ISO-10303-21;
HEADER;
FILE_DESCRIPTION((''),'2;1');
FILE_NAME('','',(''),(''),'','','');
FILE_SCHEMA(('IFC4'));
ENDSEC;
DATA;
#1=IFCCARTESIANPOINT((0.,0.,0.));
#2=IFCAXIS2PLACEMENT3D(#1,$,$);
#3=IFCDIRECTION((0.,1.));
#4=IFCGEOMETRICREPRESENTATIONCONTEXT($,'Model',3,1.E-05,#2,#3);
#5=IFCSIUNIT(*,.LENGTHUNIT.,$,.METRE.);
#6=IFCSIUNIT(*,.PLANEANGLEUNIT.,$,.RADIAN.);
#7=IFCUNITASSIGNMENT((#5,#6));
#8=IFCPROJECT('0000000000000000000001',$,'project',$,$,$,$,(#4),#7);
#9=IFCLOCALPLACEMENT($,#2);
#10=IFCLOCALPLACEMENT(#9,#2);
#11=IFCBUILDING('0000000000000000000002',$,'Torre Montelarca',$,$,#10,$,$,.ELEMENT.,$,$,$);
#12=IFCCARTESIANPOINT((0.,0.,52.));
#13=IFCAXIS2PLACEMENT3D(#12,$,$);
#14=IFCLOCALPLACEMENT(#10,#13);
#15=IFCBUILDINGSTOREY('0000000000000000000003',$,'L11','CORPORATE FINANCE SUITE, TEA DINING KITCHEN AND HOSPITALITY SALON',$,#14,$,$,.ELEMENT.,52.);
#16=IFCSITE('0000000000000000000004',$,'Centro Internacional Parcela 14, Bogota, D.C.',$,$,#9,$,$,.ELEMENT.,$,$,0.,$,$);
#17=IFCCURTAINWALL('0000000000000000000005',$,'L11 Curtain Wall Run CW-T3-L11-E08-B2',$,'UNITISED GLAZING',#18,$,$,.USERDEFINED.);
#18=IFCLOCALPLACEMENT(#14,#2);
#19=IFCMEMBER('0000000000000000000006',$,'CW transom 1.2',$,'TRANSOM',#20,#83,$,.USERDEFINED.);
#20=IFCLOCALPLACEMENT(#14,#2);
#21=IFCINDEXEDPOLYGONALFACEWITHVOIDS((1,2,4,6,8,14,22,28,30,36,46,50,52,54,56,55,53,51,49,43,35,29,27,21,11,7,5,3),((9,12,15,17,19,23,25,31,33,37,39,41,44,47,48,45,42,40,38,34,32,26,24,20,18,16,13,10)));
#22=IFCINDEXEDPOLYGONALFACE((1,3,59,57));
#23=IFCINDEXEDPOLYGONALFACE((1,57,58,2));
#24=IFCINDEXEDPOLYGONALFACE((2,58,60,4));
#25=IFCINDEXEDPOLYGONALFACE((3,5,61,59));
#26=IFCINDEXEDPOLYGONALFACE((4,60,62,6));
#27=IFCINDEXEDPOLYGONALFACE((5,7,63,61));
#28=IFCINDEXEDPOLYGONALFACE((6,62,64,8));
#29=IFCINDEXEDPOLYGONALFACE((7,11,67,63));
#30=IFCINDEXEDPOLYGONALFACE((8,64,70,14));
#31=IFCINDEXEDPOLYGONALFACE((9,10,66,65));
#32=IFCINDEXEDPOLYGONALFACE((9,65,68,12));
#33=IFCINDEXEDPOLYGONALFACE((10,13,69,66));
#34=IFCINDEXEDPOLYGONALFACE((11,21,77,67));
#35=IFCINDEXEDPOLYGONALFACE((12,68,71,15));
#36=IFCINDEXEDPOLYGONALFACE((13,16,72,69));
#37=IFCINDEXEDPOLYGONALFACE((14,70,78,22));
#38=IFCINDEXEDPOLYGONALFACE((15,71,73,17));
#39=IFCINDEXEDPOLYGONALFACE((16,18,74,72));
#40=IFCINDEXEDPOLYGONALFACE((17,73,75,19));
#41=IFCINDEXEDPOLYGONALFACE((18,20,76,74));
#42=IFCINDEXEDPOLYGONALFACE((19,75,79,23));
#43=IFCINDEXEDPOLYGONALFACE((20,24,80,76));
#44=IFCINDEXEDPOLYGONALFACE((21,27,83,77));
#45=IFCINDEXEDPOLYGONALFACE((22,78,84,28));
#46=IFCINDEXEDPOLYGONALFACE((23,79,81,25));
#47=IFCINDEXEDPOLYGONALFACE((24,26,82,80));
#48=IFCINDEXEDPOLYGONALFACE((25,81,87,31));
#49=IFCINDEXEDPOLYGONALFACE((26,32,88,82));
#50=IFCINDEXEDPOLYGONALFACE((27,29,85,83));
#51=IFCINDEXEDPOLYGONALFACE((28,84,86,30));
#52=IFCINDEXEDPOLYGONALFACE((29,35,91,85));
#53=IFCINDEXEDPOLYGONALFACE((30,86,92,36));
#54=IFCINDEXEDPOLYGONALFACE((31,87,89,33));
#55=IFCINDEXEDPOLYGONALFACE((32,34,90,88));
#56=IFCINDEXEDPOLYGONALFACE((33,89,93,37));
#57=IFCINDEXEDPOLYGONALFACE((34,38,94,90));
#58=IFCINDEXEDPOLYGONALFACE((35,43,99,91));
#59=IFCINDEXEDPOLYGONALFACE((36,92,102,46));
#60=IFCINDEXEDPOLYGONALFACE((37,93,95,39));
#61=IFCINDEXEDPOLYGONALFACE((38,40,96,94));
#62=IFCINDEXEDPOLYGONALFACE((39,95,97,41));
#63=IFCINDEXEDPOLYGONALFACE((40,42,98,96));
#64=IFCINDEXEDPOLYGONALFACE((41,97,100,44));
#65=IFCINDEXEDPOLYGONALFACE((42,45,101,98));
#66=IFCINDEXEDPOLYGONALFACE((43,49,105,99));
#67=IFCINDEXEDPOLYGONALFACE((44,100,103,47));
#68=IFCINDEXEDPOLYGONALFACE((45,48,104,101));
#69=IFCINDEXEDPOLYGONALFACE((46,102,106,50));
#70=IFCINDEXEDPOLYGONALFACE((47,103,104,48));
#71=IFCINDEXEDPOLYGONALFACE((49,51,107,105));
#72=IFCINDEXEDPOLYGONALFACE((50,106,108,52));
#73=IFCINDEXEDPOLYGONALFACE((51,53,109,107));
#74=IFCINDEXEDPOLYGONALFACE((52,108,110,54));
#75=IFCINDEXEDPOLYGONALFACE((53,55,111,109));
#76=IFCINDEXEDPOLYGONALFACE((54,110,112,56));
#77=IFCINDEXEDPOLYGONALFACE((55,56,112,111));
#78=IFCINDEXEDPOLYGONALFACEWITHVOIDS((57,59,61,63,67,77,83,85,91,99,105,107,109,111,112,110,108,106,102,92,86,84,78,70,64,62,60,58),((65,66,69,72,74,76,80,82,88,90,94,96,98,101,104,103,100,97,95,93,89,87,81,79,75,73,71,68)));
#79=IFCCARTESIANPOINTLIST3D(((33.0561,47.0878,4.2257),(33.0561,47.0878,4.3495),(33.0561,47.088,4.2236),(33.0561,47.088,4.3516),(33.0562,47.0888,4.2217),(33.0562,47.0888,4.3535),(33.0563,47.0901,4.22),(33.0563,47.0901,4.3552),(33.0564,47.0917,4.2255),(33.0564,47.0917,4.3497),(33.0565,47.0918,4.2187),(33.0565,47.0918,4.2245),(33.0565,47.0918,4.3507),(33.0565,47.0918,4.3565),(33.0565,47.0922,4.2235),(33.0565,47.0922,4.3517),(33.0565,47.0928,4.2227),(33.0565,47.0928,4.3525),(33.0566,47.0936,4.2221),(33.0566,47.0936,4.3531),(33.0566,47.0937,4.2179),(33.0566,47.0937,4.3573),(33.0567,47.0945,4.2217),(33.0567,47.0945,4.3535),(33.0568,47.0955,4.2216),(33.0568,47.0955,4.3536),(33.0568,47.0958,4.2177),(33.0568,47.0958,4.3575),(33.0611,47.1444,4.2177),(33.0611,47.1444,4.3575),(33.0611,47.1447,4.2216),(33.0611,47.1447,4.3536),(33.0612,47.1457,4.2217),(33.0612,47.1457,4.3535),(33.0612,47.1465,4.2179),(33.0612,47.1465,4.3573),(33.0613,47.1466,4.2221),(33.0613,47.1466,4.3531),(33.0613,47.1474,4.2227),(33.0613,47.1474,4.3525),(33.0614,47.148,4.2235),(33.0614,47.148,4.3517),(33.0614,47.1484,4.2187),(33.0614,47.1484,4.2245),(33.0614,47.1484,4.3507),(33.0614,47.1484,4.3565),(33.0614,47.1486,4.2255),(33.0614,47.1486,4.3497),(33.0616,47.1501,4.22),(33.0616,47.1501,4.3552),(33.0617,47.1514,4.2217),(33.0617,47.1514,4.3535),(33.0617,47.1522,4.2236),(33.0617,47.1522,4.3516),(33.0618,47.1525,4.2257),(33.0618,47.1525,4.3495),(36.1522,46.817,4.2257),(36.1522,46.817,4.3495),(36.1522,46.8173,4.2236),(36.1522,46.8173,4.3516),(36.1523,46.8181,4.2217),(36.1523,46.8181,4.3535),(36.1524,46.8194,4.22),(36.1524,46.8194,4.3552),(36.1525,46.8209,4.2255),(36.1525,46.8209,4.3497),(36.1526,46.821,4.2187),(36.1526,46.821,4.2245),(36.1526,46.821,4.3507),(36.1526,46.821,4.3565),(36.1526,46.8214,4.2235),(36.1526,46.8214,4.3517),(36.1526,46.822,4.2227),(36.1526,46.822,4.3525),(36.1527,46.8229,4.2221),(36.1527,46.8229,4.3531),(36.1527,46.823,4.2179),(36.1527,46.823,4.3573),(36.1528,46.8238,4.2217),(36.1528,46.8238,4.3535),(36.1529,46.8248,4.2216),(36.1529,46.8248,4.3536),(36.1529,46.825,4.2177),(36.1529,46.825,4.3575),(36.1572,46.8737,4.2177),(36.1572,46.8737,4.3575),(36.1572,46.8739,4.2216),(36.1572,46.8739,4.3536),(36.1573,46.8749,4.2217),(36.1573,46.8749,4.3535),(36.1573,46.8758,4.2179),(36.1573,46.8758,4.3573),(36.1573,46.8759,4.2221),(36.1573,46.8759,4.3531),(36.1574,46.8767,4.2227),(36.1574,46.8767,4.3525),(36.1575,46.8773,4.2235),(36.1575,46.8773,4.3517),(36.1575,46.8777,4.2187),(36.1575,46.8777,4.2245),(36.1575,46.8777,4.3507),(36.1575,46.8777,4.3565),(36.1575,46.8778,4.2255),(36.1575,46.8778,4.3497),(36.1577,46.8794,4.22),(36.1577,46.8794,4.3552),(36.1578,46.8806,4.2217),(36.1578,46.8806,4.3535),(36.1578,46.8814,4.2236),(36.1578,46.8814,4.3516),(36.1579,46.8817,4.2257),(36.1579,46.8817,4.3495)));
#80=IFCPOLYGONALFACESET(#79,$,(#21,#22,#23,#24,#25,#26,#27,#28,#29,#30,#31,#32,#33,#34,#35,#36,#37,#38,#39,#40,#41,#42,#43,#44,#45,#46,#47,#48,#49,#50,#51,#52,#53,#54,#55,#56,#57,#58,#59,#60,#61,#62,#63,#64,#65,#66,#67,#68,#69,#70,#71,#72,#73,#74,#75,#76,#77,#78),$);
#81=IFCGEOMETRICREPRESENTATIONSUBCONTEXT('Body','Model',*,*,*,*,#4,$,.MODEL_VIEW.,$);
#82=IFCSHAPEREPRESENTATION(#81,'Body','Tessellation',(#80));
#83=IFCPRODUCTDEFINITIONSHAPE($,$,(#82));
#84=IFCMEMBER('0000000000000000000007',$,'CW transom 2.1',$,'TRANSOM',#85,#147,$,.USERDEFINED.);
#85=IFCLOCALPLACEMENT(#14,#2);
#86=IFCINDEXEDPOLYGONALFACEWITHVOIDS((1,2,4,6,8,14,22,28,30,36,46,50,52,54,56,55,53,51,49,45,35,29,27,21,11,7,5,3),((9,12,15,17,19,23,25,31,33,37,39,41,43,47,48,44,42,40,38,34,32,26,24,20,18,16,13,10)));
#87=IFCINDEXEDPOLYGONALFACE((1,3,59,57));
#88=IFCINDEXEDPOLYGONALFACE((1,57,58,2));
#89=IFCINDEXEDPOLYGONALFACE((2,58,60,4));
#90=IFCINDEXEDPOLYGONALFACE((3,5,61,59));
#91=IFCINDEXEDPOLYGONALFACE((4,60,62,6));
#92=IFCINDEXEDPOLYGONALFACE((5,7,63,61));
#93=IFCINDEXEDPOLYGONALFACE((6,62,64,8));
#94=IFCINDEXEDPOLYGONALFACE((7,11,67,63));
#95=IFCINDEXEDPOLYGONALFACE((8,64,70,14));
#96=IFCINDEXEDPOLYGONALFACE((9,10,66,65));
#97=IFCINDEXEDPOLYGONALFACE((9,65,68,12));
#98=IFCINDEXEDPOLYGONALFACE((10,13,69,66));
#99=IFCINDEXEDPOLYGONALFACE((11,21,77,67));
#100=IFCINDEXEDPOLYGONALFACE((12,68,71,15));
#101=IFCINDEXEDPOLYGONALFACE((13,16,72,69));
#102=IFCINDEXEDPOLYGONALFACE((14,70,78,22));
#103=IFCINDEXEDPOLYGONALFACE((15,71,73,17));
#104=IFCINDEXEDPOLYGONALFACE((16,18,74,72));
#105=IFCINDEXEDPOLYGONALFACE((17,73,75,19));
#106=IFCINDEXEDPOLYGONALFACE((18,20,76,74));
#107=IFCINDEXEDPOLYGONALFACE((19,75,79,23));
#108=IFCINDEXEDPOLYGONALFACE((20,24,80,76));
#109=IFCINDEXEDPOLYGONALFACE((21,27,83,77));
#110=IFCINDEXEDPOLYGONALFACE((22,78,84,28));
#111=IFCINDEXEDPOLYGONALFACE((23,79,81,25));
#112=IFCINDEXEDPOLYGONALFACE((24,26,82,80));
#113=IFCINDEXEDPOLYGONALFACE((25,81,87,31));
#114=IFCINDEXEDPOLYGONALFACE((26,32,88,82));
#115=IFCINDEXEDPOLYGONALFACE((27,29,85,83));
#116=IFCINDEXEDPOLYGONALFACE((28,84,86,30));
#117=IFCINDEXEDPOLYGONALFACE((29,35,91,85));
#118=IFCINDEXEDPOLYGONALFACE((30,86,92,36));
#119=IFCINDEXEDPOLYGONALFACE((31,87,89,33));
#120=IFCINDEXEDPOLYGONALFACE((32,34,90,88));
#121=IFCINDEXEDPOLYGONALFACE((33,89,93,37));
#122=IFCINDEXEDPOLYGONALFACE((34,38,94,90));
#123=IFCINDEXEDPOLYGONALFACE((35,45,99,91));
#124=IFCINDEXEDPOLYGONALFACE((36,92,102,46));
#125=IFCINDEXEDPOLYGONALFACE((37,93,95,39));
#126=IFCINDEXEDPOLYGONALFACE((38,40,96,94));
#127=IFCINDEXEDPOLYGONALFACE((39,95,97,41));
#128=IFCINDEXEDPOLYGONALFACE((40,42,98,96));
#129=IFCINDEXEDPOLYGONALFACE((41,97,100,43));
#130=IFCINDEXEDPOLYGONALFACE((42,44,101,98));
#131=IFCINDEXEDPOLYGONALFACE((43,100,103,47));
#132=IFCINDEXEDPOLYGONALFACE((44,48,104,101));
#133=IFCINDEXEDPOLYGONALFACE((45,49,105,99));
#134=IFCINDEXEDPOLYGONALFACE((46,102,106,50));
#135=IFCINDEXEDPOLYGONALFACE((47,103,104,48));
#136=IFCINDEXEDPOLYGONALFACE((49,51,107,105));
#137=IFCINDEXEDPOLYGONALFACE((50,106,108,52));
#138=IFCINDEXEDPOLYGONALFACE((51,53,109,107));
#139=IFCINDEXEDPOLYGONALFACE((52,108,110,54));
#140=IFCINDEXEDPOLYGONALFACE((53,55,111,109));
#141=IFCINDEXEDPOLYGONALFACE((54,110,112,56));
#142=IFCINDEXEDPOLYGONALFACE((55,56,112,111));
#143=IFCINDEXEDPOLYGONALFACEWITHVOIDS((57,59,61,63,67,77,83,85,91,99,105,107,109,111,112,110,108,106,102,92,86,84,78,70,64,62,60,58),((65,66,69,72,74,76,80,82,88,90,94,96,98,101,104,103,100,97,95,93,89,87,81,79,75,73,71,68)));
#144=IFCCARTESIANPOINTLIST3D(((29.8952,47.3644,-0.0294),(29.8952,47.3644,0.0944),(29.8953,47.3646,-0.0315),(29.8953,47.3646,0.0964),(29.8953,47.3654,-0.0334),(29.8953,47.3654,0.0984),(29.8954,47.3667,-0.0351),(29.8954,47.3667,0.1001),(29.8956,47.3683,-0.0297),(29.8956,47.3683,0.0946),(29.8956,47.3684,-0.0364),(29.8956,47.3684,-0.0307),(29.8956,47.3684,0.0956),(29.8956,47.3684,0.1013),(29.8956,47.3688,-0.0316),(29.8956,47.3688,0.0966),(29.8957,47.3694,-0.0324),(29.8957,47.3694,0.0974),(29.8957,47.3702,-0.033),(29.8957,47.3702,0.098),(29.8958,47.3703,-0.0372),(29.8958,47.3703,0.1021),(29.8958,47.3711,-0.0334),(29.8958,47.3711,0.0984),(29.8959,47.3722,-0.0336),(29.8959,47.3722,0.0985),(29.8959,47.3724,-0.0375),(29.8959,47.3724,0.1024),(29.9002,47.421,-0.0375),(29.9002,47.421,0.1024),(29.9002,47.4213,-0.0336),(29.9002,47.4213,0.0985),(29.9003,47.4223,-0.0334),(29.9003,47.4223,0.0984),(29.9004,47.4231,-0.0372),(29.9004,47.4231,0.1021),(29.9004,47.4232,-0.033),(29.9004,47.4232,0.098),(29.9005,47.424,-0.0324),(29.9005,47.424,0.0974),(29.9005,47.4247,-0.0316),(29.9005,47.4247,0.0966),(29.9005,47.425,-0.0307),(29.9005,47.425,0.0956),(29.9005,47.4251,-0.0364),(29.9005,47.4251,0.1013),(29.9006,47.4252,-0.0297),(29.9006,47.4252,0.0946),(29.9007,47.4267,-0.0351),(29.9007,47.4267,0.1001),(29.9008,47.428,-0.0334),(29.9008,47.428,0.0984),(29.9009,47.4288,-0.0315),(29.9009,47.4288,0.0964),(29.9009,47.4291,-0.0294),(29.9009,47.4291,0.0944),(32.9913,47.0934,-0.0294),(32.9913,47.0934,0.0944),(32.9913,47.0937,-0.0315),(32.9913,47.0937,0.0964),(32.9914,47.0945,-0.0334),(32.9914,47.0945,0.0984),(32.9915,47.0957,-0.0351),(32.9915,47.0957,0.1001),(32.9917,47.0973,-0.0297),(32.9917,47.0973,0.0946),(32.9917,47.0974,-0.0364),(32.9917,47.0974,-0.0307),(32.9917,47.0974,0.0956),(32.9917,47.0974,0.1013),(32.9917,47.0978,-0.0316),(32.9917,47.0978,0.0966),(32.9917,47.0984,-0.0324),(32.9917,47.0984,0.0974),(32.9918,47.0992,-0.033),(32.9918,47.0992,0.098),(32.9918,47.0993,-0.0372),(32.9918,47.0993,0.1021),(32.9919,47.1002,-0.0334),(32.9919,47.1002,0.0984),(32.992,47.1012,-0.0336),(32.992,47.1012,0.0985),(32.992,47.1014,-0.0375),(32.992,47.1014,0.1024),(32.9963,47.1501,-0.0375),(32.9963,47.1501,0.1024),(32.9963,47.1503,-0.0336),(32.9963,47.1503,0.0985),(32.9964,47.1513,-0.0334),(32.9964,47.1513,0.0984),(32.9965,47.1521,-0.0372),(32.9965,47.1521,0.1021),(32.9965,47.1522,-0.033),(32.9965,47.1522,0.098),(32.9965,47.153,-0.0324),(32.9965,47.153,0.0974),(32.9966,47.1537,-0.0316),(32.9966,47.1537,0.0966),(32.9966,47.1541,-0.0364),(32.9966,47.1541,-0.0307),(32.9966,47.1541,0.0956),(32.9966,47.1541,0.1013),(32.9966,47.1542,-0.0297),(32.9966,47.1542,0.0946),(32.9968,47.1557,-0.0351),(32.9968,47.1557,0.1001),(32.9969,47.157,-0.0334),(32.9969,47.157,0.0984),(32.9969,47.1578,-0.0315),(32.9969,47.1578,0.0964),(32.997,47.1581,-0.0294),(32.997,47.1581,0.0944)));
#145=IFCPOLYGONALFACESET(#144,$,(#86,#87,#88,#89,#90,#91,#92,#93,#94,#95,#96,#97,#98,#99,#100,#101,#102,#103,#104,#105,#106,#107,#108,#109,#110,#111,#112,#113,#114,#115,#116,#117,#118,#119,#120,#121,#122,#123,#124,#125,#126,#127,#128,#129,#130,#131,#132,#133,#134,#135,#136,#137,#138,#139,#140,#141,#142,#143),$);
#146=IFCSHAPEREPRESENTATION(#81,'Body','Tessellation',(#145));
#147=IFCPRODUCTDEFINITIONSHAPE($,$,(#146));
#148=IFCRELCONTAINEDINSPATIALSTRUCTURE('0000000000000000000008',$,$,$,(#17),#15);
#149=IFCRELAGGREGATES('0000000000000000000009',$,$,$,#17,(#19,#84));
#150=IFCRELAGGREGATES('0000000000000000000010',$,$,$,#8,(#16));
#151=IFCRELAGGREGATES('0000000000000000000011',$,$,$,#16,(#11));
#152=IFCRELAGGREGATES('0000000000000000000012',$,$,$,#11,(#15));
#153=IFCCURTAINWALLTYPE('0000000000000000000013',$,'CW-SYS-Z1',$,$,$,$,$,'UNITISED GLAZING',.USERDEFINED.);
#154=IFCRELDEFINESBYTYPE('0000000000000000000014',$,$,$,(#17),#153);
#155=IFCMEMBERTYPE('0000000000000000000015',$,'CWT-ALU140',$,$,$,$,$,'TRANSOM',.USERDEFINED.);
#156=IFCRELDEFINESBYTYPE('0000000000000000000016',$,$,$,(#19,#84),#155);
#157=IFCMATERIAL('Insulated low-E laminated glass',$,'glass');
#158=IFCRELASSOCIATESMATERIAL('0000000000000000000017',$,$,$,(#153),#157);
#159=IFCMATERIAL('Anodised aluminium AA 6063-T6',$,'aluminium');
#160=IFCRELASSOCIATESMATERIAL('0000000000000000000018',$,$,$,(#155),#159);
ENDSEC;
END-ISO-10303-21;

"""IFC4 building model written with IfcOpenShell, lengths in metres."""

from ifc_helpers import new_model, si_unit, direction, frame, origin, origin_2d, place, context, subcontext, project, spatial, hollow_rectangle, extrude, source, transform, mapped, material, material_profile, profile_set, type_object, element, aggregate, save


model = new_model("IFC4")

# Units and contexts
model_context = context("Model", 3, precision=1e-05, world=origin(), true_north=direction((0.0, 1.0)))
body_context = subcontext(model_context, "Body", "Model", "MODEL_VIEW")
ifc_project = project(units=[si_unit("LENGTHUNIT", "METRE"), si_unit("PLANEANGLEUNIT", "RADIAN")], contexts=[model_context])

# Site, building, storey
site_placement = place(None, origin())
site = spatial("IfcSite", under=ifc_project, at=site_placement, Name="Centro Internacional Parcela 14, Bogota, D.C.", CompositionType="ELEMENT", RefElevation=0.0)
building_placement = place(site_placement, origin())
building = spatial("IfcBuilding", under=site, at=building_placement, Name="Torre Montelarca", CompositionType="ELEMENT")
storey_placement = place(building_placement, frame((0.0, 0.0, 52.0)))
storey = spatial("IfcBuildingStorey", under=building, at=storey_placement, Name="L11", Description="CORPORATE FINANCE SUITE, TEA DINING KITCHEN AND HOSPITALITY SALON", CompositionType="ELEMENT", Elevation=52.0)

# Curtain wall
ifc_material_1 = material(Name="Insulated low-E laminated glass", Category="glass")
curtain_wall_type = type_object("IfcCurtainWallType", Name="CW-SYS-Z1", ElementType="UNITISED GLAZING", PredefinedType="USERDEFINED", material=ifc_material_1)
curtain_wall_1_placement = place(storey_placement, origin())
curtain_wall_1 = element("IfcCurtainWall", 1, at=curtain_wall_1_placement, inside=storey, type_object=curtain_wall_type, Name="L11 Curtain Wall Run CW-T3-L11-E08-B2", ObjectType="UNITISED GLAZING", PredefinedType="USERDEFINED")
ifc_material_2 = material(Name="Anodised aluminium AA 6063-T6", Category="aluminium")

# Members
ifc_material_profile_1 = material_profile(ifc_material_2, hollow_rectangle(XDim=0.0649, YDim=0.1399, WallThickness=0.0039, InnerFilletRadius=0.0039, OuterFilletRadius=0.0081, at=origin_2d()), Name="ALU65X140X4", Category="aluminium")
ifc_profile_set_1 = profile_set([ifc_material_profile_1], Name="Anodised aluminium AA 6063-T6")
member_type_1 = type_object("IfcMemberType", Name="CWT-ALU140", ElementType="TRANSOM", PredefinedType="USERDEFINED", material=ifc_profile_set_1)
shared_shape_1 = source(origin(), body_context, "Body", "SweptSolid", [
    extrude(hollow_rectangle(XDim=0.0649, YDim=0.1399, WallThickness=0.0039, InnerFilletRadius=0.0039, OuterFilletRadius=0.0081, at=origin_2d()), origin(), (0.0, 0.0, 1.0), 3.1079),
])
member_1_placement = place(storey_placement, frame((36.155, 46.8494, 4.2876), z_axis=(-0.996198, 0.087114, 0.0), x_axis=(-0.087114, -0.996198, 0.0)))
member_1 = element("IfcMember", 2, at=member_1_placement, type_object=member_type_1, Name="CW transom 1.2", ObjectType="TRANSOM", PredefinedType="USERDEFINED", context=body_context, shape_type="MappedRepresentation", body=[
    mapped(shared_shape_1, transform((0.0, 0.0, 0.0), scale=1.0)),
])
member_2_placement = place(storey_placement, frame((32.9941, 47.1257, 0.0325), z_axis=(-0.996192, 0.087192, 0.0), x_axis=(-0.087192, -0.996192, 0.0)))
member_2 = element("IfcMember", 3, at=member_2_placement, type_object=member_type_1, Name="CW transom 2.1", ObjectType="TRANSOM", PredefinedType="USERDEFINED", context=body_context, shape_type="MappedRepresentation", body=[
    mapped(shared_shape_1, transform((0.0, 0.0, 0.0), scale=1.0)),
])

aggregate(curtain_wall_1, [member_1, member_2])

save(model, "model.ifc")
